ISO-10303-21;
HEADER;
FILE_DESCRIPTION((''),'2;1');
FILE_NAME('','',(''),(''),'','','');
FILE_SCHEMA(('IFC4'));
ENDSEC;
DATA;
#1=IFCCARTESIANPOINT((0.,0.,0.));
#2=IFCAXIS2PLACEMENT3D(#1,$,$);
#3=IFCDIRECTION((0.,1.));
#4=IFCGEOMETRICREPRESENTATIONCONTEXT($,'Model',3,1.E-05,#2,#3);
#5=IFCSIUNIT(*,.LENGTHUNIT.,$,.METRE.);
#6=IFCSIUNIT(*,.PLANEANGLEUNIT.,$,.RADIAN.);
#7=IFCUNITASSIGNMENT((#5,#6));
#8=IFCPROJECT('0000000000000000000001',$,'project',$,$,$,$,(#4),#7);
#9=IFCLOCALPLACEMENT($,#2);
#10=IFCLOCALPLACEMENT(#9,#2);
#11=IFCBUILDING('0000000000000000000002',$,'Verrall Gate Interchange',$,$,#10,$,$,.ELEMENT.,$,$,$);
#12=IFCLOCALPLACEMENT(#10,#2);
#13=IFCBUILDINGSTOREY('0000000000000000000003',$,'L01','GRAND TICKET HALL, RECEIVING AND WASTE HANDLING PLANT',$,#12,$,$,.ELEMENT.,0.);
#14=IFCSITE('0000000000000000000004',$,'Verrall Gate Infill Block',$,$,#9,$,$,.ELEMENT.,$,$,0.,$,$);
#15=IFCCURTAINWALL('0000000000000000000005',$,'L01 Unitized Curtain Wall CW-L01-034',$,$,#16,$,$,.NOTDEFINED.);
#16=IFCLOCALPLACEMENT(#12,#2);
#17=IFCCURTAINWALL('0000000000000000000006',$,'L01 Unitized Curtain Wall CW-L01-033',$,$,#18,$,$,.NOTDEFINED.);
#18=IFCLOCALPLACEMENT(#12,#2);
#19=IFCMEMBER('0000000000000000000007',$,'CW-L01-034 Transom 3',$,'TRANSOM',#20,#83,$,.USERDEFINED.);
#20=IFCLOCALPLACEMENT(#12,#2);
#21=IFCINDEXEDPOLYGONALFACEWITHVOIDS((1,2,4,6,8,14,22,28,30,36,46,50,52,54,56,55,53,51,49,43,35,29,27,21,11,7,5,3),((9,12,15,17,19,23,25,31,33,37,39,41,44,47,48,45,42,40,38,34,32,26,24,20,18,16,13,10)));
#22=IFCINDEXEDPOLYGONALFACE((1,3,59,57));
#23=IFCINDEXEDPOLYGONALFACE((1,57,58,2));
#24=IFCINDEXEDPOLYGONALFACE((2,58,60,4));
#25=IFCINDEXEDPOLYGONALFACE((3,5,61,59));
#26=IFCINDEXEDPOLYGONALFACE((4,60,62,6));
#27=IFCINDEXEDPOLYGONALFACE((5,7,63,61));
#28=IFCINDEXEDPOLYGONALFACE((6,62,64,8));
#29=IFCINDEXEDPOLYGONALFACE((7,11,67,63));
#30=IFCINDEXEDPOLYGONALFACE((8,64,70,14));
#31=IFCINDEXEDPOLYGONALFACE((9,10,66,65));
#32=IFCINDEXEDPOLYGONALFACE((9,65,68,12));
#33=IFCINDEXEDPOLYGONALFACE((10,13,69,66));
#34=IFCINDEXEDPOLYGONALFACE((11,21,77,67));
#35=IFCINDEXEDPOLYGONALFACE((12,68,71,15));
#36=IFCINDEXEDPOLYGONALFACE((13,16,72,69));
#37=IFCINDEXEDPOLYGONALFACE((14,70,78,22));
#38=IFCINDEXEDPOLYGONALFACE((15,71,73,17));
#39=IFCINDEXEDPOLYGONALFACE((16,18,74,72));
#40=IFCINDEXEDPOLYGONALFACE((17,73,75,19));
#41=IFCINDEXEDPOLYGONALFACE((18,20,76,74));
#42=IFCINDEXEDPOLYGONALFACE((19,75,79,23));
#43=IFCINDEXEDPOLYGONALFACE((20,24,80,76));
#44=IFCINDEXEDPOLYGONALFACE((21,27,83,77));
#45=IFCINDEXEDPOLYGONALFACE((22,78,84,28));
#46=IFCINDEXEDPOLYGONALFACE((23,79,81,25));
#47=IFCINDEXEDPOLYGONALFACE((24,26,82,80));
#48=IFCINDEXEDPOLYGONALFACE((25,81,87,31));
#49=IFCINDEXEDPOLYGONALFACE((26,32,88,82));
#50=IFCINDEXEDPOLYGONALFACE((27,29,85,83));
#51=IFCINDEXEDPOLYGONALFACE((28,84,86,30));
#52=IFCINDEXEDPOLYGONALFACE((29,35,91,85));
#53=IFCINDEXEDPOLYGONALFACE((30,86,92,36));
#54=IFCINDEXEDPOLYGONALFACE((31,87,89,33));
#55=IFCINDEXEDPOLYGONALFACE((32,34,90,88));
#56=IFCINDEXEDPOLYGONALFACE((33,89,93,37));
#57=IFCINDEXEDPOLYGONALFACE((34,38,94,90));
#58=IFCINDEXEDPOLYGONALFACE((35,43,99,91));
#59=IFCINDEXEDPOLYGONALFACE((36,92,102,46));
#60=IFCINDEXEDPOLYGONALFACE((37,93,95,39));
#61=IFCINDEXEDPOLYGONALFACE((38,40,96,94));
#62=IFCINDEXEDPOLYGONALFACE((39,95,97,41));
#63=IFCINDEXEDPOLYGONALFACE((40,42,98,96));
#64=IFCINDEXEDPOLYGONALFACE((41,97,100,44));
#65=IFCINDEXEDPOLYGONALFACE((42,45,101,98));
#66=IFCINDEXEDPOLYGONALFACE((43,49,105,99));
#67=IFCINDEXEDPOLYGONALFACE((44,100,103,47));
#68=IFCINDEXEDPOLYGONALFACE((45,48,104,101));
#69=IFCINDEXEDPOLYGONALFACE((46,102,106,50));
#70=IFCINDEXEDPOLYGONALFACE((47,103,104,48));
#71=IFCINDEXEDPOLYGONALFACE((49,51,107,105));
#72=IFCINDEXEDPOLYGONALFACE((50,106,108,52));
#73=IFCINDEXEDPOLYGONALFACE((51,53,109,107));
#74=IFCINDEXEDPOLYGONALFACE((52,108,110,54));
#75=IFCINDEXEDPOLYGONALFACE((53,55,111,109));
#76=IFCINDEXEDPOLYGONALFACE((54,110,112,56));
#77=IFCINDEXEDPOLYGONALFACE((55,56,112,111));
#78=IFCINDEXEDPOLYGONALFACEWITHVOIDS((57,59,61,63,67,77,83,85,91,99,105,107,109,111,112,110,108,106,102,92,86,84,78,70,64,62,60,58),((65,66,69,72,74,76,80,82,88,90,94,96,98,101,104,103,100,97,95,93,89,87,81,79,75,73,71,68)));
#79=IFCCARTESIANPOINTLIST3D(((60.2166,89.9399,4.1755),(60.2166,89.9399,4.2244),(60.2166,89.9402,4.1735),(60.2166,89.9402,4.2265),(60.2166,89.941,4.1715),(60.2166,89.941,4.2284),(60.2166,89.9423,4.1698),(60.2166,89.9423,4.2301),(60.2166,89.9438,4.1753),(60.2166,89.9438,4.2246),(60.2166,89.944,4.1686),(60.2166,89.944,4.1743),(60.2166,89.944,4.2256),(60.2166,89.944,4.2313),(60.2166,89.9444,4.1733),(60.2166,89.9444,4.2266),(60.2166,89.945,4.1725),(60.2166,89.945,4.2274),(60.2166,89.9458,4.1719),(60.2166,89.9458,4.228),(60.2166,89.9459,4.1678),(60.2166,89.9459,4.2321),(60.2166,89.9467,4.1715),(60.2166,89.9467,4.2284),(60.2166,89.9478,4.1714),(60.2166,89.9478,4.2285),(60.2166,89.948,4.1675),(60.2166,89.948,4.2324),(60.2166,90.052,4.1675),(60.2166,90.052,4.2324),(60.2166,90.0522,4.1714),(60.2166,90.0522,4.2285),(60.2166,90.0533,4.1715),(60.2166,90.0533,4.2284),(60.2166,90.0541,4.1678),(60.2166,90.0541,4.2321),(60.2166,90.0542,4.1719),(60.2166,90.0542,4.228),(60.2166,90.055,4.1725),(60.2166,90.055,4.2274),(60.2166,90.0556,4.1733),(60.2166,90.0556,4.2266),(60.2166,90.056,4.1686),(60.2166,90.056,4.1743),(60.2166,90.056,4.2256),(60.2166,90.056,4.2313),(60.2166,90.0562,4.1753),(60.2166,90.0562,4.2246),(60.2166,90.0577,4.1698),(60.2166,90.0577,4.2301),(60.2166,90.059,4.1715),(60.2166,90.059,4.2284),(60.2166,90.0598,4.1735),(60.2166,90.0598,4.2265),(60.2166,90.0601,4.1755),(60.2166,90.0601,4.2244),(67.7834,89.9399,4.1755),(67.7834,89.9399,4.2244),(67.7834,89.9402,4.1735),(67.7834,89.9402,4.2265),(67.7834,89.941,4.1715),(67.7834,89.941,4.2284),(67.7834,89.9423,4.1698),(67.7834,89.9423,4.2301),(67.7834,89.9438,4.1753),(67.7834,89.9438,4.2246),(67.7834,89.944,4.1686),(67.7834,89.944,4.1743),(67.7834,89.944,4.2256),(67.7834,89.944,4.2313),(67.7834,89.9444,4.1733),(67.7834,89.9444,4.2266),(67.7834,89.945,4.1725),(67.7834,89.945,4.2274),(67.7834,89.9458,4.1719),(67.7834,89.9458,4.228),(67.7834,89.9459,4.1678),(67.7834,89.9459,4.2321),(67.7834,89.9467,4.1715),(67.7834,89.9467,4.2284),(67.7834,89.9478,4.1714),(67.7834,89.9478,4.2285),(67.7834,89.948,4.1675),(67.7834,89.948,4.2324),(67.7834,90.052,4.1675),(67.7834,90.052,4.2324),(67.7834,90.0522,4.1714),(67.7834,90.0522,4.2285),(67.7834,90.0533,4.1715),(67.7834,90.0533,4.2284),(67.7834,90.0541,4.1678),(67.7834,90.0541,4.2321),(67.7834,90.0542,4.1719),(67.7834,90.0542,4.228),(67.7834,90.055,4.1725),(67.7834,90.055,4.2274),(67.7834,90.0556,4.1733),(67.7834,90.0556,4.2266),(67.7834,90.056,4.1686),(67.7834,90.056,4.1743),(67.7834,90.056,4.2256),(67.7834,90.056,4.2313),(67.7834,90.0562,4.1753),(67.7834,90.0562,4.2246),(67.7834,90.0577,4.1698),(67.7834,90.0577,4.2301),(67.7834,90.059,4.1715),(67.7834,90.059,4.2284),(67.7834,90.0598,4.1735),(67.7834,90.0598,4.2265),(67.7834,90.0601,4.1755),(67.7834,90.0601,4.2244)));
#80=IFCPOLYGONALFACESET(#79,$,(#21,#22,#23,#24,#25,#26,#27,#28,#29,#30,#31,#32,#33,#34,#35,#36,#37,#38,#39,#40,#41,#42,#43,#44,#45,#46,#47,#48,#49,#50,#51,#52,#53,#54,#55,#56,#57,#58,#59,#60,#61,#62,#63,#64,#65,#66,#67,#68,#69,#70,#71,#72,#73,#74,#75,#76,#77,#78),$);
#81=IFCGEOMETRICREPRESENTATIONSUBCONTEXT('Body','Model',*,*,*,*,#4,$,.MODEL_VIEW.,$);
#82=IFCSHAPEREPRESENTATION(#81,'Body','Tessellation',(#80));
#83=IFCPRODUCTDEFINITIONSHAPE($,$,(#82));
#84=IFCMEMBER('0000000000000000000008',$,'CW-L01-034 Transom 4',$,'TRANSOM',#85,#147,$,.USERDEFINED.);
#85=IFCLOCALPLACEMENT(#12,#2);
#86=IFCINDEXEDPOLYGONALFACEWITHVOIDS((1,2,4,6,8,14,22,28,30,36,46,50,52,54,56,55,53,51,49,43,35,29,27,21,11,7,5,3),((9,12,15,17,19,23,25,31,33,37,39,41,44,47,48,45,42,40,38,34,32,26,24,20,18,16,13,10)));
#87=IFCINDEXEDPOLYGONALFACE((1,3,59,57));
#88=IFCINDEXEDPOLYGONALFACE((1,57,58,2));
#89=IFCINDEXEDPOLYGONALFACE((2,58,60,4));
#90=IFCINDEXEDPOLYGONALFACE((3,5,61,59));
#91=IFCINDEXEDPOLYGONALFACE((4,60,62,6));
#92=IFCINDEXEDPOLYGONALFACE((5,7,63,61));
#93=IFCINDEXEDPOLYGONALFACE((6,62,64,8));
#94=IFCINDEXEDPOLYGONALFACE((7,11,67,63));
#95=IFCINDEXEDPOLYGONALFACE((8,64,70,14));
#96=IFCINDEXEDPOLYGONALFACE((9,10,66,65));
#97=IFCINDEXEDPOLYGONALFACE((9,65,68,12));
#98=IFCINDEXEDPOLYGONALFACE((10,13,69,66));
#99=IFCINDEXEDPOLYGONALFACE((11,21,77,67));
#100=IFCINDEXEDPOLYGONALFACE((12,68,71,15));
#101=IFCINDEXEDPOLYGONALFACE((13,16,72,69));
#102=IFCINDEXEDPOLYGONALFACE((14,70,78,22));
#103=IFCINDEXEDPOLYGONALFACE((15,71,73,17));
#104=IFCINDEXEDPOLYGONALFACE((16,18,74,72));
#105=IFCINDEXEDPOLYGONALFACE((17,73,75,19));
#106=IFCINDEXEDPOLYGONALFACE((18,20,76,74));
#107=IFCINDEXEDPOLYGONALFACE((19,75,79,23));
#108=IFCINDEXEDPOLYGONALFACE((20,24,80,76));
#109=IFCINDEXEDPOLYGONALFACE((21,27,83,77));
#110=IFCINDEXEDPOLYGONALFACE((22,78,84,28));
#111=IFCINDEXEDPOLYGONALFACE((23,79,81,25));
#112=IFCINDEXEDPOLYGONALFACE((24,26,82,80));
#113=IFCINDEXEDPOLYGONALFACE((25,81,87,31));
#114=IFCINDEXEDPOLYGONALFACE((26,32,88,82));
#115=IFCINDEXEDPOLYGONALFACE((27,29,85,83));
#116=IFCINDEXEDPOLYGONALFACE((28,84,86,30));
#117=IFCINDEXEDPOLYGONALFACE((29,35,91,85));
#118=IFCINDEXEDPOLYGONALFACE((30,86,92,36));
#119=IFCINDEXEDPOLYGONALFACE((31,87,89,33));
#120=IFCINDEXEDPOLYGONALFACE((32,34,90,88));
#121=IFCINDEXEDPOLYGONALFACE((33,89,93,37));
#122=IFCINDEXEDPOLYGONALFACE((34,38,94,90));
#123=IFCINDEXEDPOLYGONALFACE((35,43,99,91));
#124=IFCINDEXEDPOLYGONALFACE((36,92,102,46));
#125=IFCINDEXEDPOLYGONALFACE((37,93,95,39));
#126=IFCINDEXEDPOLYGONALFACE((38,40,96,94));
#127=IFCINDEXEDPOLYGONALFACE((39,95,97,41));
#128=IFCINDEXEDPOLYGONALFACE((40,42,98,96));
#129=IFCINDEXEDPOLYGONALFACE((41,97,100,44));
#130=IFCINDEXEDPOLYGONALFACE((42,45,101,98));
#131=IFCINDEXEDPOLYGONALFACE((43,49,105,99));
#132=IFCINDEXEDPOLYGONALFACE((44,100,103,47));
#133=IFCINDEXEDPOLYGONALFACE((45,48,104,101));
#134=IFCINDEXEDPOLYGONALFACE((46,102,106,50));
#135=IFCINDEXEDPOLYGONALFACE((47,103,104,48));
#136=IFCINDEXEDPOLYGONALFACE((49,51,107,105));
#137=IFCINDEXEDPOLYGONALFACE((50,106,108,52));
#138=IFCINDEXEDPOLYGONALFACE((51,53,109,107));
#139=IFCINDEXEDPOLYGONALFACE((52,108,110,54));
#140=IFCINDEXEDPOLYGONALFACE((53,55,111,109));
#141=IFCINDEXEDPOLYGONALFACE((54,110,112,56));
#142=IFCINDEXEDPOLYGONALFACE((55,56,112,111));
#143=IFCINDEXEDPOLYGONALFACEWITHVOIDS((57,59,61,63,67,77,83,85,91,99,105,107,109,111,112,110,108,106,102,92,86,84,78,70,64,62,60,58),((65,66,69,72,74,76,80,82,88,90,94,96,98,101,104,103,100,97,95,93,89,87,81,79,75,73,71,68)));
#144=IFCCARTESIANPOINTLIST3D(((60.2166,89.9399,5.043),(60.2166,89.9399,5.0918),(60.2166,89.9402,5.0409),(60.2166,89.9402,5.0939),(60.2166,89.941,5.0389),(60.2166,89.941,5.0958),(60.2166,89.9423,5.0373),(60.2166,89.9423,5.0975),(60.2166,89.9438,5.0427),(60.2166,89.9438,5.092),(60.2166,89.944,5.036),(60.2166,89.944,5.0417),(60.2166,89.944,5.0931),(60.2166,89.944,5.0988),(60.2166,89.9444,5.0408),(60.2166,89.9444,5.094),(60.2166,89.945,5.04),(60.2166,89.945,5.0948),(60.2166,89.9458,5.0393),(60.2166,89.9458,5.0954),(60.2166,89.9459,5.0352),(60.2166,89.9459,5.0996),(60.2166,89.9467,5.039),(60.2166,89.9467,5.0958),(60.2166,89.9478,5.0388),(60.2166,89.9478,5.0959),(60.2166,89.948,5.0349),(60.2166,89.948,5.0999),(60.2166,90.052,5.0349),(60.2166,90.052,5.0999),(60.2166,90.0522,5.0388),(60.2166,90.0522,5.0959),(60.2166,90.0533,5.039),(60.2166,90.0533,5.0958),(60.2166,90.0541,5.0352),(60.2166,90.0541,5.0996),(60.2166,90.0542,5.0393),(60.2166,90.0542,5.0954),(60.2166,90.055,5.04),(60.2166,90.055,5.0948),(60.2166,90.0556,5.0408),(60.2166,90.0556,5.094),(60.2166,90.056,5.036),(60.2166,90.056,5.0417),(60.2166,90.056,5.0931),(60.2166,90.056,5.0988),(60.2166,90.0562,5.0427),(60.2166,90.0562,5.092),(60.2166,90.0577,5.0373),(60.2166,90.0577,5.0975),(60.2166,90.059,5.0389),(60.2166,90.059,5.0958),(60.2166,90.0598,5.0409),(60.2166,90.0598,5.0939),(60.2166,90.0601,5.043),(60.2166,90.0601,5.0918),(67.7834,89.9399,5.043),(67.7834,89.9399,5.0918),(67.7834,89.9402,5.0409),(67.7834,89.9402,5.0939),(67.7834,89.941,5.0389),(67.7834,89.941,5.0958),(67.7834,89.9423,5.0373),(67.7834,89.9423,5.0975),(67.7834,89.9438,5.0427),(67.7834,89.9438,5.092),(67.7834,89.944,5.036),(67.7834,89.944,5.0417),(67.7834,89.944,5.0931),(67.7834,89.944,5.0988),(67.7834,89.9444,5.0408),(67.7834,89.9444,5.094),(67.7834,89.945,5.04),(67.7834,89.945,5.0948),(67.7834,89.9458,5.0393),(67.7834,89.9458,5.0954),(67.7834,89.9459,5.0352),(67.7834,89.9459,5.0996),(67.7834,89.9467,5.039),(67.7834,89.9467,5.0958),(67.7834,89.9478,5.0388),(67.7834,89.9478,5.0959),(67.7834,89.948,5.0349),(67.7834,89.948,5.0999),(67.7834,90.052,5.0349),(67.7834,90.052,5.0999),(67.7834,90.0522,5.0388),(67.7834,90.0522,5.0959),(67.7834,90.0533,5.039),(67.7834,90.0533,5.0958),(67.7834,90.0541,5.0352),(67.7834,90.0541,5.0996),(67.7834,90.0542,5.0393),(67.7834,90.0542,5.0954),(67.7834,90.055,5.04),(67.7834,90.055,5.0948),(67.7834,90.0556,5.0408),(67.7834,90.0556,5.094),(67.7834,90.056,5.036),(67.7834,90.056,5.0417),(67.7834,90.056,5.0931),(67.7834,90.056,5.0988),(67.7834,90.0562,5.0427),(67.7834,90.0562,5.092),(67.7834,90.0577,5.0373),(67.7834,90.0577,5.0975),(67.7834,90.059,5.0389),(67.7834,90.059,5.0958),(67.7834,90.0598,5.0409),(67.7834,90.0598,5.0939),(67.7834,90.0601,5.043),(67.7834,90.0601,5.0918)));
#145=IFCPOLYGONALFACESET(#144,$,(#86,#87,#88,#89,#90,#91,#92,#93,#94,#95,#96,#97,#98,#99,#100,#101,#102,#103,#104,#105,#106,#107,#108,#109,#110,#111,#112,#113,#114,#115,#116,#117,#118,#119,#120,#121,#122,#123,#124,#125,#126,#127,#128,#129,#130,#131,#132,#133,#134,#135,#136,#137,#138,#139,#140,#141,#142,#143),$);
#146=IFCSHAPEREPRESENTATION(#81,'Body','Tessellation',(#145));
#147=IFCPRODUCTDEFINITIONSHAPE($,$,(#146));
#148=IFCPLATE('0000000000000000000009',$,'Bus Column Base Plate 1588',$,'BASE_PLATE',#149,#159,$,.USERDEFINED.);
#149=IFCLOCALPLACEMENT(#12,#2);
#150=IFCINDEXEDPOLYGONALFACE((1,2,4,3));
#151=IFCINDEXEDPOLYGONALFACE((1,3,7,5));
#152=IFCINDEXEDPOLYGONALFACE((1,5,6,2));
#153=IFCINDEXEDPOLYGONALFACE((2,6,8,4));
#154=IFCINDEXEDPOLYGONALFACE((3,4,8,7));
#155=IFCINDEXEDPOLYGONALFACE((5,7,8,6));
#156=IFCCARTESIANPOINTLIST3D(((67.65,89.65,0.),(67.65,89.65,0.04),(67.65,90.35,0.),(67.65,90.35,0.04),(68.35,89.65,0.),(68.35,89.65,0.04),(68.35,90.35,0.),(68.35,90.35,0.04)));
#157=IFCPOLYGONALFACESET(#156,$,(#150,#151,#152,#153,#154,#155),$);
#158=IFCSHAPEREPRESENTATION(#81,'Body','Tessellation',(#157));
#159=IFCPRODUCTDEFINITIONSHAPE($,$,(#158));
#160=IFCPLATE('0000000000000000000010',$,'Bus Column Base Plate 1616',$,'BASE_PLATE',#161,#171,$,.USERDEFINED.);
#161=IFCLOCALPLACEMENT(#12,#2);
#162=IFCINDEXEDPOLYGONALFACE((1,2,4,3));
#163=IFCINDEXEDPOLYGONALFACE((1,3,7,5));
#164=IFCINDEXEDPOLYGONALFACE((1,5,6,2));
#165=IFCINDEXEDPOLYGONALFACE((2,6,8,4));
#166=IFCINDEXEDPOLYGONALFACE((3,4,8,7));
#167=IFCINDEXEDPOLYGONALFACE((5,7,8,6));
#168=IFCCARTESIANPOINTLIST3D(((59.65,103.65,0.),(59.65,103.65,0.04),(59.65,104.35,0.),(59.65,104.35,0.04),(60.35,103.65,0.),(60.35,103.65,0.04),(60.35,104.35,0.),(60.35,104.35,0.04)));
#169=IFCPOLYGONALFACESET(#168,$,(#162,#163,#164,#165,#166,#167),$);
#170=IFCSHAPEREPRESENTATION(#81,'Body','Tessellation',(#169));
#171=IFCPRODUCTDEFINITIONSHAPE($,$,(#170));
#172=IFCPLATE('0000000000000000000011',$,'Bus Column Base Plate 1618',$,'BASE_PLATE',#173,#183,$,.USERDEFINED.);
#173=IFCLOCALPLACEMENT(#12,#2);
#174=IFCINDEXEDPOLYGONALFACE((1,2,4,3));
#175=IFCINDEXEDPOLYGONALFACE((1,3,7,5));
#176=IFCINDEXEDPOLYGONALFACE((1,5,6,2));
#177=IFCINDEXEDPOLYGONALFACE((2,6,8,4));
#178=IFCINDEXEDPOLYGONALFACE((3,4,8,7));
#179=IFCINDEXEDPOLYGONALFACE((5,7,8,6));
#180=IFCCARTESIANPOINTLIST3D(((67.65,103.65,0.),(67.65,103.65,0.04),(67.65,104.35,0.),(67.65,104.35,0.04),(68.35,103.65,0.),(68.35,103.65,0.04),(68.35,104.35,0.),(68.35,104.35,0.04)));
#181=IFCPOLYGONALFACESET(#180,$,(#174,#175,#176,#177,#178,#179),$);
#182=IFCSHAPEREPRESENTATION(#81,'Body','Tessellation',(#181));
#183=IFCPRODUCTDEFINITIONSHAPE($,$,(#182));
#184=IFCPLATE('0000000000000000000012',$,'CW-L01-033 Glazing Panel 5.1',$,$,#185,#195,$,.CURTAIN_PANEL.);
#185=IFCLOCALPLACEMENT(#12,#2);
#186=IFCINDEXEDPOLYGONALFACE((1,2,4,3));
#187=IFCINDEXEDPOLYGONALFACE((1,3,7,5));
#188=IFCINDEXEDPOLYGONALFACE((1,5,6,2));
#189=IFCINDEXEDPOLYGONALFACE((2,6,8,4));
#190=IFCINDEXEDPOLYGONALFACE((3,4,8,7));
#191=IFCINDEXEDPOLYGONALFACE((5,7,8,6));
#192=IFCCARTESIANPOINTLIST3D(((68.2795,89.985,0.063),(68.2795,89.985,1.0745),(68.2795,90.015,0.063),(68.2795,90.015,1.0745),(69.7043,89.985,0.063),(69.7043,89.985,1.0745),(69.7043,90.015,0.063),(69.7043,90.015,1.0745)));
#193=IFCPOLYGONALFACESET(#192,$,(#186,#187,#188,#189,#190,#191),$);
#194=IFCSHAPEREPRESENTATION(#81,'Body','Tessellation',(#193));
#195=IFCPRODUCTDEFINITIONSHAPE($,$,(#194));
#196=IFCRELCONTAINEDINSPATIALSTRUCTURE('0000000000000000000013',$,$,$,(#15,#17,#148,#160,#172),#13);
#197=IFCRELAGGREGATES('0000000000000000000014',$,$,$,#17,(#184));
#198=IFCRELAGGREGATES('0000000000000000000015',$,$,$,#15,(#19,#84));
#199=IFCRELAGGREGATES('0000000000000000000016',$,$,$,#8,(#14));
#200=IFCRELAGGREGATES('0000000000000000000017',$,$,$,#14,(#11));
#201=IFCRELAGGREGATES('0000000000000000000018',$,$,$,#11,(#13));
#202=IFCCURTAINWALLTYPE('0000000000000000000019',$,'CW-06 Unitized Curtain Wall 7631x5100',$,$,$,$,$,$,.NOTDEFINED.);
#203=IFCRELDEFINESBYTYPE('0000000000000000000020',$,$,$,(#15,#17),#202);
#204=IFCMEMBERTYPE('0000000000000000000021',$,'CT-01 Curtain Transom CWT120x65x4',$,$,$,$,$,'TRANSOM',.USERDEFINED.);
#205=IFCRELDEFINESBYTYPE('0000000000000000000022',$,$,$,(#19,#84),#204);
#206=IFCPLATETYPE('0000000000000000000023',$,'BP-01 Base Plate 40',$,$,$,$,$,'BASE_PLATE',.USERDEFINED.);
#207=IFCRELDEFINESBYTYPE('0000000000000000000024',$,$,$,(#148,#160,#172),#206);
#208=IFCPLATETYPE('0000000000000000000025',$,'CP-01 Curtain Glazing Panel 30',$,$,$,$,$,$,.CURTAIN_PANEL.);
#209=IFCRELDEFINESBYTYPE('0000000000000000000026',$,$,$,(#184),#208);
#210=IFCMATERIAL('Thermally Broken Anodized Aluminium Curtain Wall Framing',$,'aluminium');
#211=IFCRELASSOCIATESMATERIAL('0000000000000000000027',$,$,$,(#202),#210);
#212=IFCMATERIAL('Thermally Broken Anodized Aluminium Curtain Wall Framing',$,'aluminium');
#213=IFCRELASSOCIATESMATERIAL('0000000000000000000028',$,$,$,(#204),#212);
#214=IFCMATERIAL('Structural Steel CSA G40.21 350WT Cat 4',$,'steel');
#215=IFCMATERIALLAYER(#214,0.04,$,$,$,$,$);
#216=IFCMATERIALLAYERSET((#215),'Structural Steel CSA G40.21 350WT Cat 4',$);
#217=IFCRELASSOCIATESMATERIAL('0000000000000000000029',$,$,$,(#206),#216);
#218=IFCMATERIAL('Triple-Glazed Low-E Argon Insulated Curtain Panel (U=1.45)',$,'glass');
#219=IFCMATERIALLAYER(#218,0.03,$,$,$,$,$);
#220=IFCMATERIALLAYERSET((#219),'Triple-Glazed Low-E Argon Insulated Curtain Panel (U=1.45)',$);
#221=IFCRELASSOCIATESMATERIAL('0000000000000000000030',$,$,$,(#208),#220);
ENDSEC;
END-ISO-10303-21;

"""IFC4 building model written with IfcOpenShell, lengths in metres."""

from ifc_helpers import new_model, si_unit, direction, frame, origin, origin_2d, place, context, subcontext, project, spatial, rectangle, hollow_rectangle, extrude, material, layer, layer_set, material_profile, profile_set, type_object, element, aggregate, save


model = new_model("IFC4")

# Units and contexts
model_context = context("Model", 3, precision=1e-05, world=origin(), true_north=direction((0.0, 1.0)))
body_context = subcontext(model_context, "Body", "Model", "MODEL_VIEW")
ifc_project = project(units=[si_unit("LENGTHUNIT", "METRE"), si_unit("PLANEANGLEUNIT", "RADIAN")], contexts=[model_context])

# Site, building, storey
site_placement = place(None, origin())
site = spatial("IfcSite", under=ifc_project, at=site_placement, Name="Verrall Gate Infill Block", CompositionType="ELEMENT", RefElevation=0.0)
building_placement = place(site_placement, origin())
building = spatial("IfcBuilding", under=site, at=building_placement, Name="Verrall Gate Interchange", CompositionType="ELEMENT")
storey_placement = place(building_placement, origin())
storey = spatial("IfcBuildingStorey", under=building, at=storey_placement, Name="L01", Description="GRAND TICKET HALL, RECEIVING AND WASTE HANDLING PLANT", CompositionType="ELEMENT", Elevation=0.0)

# Curtain wall
ifc_material_1 = material(Name="Thermally Broken Anodized Aluminium Curtain Wall Framing", Category="aluminium")
curtain_wall_type = type_object("IfcCurtainWallType", Name="CW-06 Unitized Curtain Wall 7631x5100", PredefinedType="NOTDEFINED", material=ifc_material_1)
curtain_wall_1_placement = place(storey_placement, origin())
curtain_wall_1 = element("IfcCurtainWall", 1, at=curtain_wall_1_placement, inside=storey, type_object=curtain_wall_type, Name="L01 Unitized Curtain Wall CW-L01-034", PredefinedType="NOTDEFINED")

# Curtain wall
curtain_wall_2_placement = place(storey_placement, origin())
curtain_wall_2 = element("IfcCurtainWall", 2, at=curtain_wall_2_placement, inside=storey, type_object=curtain_wall_type, Name="L01 Unitized Curtain Wall CW-L01-033", PredefinedType="NOTDEFINED")

# Members
ifc_material_2 = material(Name="Thermally Broken Anodized Aluminium Curtain Wall Framing", Category="aluminium")
ifc_material_profile_1 = material_profile(ifc_material_2, hollow_rectangle(XDim=0.1201, YDim=0.0649, WallThickness=0.0039, InnerFilletRadius=0.0039, OuterFilletRadius=0.0081, at=origin_2d()), Name="CWT120x65x4")
ifc_profile_set_1 = profile_set([ifc_material_profile_1], Name="Thermally Broken Anodized Aluminium Curtain Wall Framing")
member_type_1 = type_object("IfcMemberType", Name="CT-01 Curtain Transom CWT120x65x4", ElementType="TRANSOM", PredefinedType="USERDEFINED", material=ifc_profile_set_1)
member_1_placement = place(storey_placement, frame((67.7834, 90.0, 4.2), z_axis=(-1.0, 0.0, 0.0), x_axis=(0.0, -1.0, 0.0)))
member_1 = element("IfcMember", 3, at=member_1_placement, type_object=member_type_1, Name="CW-L01-034 Transom 3", ObjectType="TRANSOM", PredefinedType="USERDEFINED", context=body_context, shape_type="SweptSolid", body=[
    extrude(hollow_rectangle(XDim=0.1201, YDim=0.0649, WallThickness=0.0039, InnerFilletRadius=0.0039, OuterFilletRadius=0.0081, at=origin_2d()), origin(), (0.0, 0.0, 1.0), 7.5669),
])
member_2_placement = place(storey_placement, frame((67.7834, 90.0, 5.0674), z_axis=(-1.0, 0.0, 0.0), x_axis=(0.0, -1.0, 0.0)))
member_2 = element("IfcMember", 4, at=member_2_placement, type_object=member_type_1, Name="CW-L01-034 Transom 4", ObjectType="TRANSOM", PredefinedType="USERDEFINED", context=body_context, shape_type="SweptSolid", body=[
    extrude(hollow_rectangle(XDim=0.1201, YDim=0.0649, WallThickness=0.0039, InnerFilletRadius=0.0039, OuterFilletRadius=0.0081, at=origin_2d()), origin(), (0.0, 0.0, 1.0), 7.5669),
])

# Plates
ifc_material_3 = material(Name="Structural Steel CSA G40.21 350WT Cat 4", Category="steel")
ifc_layer_1 = layer(ifc_material_3, 0.04)
ifc_layer_set_1 = layer_set([ifc_layer_1], Name="Structural Steel CSA G40.21 350WT Cat 4")
plate_type_1 = type_object("IfcPlateType", Name="BP-01 Base Plate 40", ElementType="BASE_PLATE", PredefinedType="USERDEFINED", material=ifc_layer_set_1)
for number, where, z_axis, x_axis, name in (
    (5, (68.0, 90.0, 0.0), (0.0, 0.0, 1.0), (1.0, 0.0, 0.0), "Bus Column Base Plate 1588"),
    (6, (60.0, 104.0, 0.0), (0.0, 0.0, 1.0), (1.0, 0.0, 0.0), "Bus Column Base Plate 1616"),
    (7, (68.0, 104.0, 0.0), (0.0, 0.0, 1.0), (1.0, 0.0, 0.0), "Bus Column Base Plate 1618"),
):
    element("IfcPlate", number, at=place(storey_placement, frame(where, z_axis=z_axis, x_axis=x_axis)), inside=storey, type_object=plate_type_1, Name=name, ObjectType="BASE_PLATE", PredefinedType="USERDEFINED", context=body_context, shape_type="SweptSolid", body=[
        extrude(rectangle(XDim=0.7, YDim=0.7, at=origin_2d()), origin(), (0.0, 0.0, 1.0), 0.04),
    ])

# Plate
ifc_material_4 = material(Name="Triple-Glazed Low-E Argon Insulated Curtain Panel (U=1.45)", Category="glass")
ifc_layer_2 = layer(ifc_material_4, 0.03)
ifc_layer_set_2 = layer_set([ifc_layer_2], Name="Triple-Glazed Low-E Argon Insulated Curtain Panel (U=1.45)")
plate_type_2 = type_object("IfcPlateType", Name="CP-01 Curtain Glazing Panel 30", PredefinedType="CURTAIN_PANEL", material=ifc_layer_set_2)
plate_1_placement = place(storey_placement, frame((68.9919, 90.0, 0.063), z_axis=(0.0, 0.0, 1.0), x_axis=(-1.0, 0.0, 0.0)))
plate_1 = element("IfcPlate", 8, at=plate_1_placement, type_object=plate_type_2, Name="CW-L01-033 Glazing Panel 5.1", PredefinedType="CURTAIN_PANEL", context=body_context, shape_type="SweptSolid", body=[
    extrude(rectangle(XDim=1.4248, YDim=0.03, at=origin_2d()), origin(), (0.0, 0.0, 1.0), 1.0115),
])
aggregate(curtain_wall_2, [plate_1])
aggregate(curtain_wall_1, [member_1, member_2])

save(model, "model.ifc")
